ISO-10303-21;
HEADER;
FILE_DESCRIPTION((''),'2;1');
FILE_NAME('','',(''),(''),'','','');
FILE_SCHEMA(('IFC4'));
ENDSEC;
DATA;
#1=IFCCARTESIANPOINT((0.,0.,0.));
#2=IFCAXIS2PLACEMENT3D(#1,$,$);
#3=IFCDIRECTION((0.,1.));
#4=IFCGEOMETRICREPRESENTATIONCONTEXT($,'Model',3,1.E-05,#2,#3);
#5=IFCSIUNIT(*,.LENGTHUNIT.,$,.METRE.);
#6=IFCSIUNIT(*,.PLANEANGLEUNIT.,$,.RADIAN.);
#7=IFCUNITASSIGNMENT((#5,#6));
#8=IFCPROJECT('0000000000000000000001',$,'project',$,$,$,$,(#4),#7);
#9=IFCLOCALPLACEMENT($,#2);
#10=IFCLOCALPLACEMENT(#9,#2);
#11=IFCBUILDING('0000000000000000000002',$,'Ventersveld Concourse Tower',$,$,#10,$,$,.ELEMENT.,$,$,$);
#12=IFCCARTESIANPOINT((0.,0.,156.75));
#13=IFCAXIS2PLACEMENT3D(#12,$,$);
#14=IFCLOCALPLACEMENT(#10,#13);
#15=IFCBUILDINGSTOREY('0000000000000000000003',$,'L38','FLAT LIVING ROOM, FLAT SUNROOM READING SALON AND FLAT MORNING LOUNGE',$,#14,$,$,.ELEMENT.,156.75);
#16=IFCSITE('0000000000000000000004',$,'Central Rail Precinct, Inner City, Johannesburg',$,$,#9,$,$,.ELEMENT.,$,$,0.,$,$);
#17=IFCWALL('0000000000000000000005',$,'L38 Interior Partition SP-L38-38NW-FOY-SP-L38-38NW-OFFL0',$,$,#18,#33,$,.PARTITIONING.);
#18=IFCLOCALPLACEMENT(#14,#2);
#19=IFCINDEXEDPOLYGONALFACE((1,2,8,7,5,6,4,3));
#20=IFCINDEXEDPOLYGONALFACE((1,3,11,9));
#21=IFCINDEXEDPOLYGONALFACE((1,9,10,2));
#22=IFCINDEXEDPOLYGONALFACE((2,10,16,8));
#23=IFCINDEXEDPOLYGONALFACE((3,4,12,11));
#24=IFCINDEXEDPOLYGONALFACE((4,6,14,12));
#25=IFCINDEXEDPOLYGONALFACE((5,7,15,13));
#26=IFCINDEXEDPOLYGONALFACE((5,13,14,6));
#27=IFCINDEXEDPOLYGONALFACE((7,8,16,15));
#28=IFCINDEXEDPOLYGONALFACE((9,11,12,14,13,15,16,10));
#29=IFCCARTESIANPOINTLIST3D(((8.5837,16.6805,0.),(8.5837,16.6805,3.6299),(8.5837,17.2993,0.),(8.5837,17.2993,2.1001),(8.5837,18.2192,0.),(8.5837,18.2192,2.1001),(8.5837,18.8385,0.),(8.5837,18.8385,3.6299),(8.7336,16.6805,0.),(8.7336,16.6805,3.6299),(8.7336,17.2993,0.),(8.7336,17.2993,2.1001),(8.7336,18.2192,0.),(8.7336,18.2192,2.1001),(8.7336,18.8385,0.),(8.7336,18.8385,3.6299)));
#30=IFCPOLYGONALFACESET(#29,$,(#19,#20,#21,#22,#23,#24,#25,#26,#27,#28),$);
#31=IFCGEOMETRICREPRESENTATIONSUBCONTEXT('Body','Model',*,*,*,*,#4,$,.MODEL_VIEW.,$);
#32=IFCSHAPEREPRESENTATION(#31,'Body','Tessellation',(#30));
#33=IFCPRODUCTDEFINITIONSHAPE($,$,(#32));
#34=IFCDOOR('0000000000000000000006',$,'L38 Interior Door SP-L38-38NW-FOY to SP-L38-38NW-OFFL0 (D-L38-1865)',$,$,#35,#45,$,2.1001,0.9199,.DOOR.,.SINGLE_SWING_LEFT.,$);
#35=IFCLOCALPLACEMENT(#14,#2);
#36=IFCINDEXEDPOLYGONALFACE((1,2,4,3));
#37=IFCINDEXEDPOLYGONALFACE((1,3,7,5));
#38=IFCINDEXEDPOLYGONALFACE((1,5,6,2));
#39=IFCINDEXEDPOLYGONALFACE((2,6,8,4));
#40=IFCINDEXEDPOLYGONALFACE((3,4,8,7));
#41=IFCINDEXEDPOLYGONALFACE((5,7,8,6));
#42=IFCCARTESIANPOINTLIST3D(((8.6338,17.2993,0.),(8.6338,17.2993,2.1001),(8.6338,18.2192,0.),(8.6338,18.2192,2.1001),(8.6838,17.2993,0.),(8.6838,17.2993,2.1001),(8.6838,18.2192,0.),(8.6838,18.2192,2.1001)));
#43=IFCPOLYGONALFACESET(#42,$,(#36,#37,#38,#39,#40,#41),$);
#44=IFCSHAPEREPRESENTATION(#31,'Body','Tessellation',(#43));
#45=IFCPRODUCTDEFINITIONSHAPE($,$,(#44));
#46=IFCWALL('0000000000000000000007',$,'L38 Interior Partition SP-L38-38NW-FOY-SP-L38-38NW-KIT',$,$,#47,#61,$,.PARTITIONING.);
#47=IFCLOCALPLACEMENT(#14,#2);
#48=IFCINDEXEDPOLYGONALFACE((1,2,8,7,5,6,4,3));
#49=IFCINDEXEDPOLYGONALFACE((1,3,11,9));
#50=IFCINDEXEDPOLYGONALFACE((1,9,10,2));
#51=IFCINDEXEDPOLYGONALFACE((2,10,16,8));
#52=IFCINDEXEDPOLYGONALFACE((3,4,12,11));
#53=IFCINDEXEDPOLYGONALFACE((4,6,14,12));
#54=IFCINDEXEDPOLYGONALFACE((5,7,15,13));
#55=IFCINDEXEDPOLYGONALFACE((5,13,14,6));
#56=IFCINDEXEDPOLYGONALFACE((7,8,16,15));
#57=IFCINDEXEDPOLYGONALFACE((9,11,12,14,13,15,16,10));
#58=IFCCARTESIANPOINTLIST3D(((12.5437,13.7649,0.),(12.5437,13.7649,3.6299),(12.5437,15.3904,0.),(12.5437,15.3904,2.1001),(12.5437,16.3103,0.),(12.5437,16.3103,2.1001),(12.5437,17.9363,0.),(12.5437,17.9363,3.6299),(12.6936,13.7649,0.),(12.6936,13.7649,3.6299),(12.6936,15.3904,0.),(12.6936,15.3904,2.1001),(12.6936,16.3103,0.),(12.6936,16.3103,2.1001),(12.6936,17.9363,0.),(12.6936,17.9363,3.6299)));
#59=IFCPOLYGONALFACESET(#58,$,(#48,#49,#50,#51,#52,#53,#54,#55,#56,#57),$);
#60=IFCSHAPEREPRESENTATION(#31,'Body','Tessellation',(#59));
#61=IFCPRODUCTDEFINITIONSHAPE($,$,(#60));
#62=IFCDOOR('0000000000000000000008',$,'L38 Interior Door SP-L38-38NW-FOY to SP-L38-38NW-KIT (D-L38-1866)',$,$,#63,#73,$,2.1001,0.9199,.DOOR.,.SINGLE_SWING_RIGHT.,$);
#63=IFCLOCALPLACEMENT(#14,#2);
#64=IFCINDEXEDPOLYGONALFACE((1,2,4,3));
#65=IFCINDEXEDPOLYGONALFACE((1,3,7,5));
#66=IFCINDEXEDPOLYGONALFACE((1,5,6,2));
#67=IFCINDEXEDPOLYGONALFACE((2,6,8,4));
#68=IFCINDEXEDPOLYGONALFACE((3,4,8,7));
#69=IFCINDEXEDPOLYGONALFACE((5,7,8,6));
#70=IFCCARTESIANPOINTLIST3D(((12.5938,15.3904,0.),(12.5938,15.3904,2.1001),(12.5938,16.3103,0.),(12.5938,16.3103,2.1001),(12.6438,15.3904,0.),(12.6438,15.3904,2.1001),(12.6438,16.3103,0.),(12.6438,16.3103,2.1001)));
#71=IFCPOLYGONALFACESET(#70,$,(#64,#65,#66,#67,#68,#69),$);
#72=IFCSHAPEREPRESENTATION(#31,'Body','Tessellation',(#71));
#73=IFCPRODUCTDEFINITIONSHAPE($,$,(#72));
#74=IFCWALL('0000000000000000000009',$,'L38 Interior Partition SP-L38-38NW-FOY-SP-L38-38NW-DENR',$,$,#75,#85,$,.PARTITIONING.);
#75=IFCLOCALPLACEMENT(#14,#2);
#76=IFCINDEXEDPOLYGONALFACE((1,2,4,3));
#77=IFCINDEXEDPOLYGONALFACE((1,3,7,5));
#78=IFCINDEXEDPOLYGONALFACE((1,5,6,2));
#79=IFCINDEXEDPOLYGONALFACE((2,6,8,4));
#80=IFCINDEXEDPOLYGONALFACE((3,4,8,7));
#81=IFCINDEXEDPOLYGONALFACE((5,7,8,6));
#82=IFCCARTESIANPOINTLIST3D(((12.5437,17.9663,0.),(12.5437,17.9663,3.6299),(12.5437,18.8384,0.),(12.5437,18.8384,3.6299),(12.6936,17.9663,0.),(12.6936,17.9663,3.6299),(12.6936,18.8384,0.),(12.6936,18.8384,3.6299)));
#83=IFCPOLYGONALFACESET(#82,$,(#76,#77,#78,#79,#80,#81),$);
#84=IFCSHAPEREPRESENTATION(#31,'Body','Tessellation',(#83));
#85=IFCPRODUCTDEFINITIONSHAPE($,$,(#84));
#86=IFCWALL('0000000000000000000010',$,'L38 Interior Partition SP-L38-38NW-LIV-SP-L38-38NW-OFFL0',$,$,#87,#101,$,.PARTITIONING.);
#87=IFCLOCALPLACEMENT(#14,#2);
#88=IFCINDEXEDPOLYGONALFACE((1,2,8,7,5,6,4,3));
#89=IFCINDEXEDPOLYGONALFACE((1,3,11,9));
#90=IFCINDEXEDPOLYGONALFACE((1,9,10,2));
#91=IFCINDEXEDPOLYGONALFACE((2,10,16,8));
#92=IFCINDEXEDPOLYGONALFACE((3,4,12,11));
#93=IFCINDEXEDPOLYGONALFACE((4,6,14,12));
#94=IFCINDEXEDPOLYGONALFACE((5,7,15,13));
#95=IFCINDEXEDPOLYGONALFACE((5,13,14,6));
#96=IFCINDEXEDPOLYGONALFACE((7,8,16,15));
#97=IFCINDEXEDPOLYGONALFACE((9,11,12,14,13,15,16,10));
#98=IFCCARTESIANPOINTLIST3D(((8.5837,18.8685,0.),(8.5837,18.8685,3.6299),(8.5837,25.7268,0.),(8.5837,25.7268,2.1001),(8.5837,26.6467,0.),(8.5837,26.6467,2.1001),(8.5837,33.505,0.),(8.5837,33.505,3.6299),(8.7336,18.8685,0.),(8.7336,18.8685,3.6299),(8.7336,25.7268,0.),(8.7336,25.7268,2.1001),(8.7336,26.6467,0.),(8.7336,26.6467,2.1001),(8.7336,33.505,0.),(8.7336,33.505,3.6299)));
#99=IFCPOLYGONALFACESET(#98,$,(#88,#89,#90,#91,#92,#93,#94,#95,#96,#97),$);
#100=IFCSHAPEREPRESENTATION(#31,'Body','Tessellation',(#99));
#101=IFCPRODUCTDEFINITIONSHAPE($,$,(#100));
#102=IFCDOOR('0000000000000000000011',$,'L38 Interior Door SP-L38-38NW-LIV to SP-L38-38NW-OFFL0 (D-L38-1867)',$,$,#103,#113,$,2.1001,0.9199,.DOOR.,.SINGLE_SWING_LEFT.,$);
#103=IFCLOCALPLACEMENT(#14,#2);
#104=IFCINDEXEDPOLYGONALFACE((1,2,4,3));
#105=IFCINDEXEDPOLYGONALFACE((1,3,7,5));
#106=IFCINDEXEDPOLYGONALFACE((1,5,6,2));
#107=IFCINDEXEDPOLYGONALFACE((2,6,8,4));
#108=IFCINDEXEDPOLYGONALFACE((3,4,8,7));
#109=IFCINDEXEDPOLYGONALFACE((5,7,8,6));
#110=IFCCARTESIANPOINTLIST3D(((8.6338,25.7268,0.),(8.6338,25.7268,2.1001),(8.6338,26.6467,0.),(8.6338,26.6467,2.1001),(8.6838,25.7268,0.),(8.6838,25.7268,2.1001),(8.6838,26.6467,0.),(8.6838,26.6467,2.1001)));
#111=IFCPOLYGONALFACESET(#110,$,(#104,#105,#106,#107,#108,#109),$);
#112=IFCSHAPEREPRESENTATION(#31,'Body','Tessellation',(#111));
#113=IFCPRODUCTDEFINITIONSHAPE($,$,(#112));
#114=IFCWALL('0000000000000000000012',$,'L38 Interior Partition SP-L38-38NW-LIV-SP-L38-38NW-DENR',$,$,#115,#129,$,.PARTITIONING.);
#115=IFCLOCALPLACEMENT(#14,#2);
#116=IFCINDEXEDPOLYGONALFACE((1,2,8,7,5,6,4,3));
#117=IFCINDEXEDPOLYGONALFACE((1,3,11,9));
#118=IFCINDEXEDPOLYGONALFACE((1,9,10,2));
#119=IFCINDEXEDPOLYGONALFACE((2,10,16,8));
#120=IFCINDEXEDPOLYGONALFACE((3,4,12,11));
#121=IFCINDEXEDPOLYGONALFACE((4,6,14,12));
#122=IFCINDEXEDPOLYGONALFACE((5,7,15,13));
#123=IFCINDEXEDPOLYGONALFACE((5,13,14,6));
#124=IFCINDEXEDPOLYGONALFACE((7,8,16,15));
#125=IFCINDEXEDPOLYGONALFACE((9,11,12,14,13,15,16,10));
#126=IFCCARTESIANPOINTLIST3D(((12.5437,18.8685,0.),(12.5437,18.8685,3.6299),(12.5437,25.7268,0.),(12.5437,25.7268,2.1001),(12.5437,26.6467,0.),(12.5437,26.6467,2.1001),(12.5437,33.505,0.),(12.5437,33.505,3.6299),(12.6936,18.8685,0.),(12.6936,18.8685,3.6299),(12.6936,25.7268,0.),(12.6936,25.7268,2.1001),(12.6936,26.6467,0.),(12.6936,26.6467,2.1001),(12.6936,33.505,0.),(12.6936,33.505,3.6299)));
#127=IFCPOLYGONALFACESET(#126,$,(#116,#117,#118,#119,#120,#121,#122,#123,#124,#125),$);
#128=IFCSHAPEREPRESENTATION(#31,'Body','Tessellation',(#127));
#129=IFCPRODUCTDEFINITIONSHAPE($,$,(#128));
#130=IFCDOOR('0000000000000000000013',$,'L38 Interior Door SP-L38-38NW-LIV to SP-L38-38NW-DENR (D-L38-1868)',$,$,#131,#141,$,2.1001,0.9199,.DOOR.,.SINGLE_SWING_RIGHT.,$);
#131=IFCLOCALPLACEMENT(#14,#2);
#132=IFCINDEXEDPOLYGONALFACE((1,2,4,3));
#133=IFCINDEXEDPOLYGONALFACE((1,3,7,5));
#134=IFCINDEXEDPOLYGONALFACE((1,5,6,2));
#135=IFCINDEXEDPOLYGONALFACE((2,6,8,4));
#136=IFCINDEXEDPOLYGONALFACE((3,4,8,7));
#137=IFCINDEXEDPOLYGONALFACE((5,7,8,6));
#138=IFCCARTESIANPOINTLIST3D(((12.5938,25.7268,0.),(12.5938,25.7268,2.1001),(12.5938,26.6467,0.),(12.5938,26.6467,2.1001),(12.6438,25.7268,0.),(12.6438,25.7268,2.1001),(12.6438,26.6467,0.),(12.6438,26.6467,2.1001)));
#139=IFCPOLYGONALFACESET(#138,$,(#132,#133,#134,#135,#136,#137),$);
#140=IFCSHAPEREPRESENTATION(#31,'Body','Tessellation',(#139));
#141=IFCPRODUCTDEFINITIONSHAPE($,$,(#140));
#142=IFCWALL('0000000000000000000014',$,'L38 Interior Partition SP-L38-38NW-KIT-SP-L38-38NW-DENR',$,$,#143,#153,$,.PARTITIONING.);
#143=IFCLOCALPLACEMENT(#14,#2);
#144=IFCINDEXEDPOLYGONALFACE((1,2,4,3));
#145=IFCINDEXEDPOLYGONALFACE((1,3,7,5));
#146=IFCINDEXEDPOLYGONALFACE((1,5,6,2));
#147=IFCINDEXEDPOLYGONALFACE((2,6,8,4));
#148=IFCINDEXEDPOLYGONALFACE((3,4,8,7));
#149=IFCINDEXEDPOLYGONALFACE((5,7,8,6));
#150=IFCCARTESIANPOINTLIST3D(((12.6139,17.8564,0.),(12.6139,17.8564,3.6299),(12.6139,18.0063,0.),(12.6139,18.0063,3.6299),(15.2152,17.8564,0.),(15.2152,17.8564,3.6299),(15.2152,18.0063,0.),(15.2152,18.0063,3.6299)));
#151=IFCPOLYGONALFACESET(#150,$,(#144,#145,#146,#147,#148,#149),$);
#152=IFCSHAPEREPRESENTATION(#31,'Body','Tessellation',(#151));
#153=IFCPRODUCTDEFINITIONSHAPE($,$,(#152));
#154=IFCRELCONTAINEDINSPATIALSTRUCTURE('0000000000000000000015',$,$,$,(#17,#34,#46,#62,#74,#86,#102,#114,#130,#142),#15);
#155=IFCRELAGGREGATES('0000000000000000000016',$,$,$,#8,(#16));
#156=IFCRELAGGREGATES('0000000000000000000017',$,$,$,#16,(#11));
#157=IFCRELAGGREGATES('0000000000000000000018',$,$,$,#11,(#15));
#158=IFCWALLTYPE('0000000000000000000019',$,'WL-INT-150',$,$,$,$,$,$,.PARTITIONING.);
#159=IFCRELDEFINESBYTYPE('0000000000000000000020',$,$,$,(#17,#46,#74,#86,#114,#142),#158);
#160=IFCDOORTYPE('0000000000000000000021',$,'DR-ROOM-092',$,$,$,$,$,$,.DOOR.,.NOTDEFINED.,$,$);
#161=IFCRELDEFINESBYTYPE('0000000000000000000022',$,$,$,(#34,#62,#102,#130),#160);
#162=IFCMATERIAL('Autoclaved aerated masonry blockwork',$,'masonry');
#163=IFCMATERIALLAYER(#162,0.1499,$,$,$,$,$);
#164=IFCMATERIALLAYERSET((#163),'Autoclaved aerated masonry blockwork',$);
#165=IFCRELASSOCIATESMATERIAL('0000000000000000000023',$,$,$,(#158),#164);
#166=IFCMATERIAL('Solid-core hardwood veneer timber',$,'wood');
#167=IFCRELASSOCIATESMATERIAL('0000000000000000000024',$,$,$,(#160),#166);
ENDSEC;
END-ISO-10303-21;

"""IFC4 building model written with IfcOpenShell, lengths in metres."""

from ifc_helpers import new_model, si_unit, direction, frame, frame_2d, origin, place, context, subcontext, project, spatial, rectangle, extrude, material, layer, layer_set, type_object, element, fill, save


model = new_model("IFC4")

# Units and contexts
model_context = context("Model", 3, precision=1e-05, world=origin(), true_north=direction((0.0, 1.0)))
body_context = subcontext(model_context, "Body", "Model", "MODEL_VIEW")
ifc_project = project(units=[si_unit("LENGTHUNIT", "METRE"), si_unit("PLANEANGLEUNIT", "RADIAN")], contexts=[model_context])

# Site, building, storey
site_placement = place(None, origin())
site = spatial("IfcSite", under=ifc_project, at=site_placement, Name="Central Rail Precinct, Inner City, Johannesburg", CompositionType="ELEMENT", RefElevation=0.0)
building_placement = place(site_placement, origin())
building = spatial("IfcBuilding", under=site, at=building_placement, Name="Ventersveld Concourse Tower", CompositionType="ELEMENT")
storey_placement = place(building_placement, frame((0.0, 0.0, 156.75)))
storey = spatial("IfcBuildingStorey", under=building, at=storey_placement, Name="L38", Description="FLAT LIVING ROOM, FLAT SUNROOM READING SALON AND FLAT MORNING LOUNGE", CompositionType="ELEMENT", Elevation=156.75)

# Shared definitions
ifc_material_1 = material(Name="Solid-core hardwood veneer timber", Category="wood")

# Walls, openings, doors
ifc_material_2 = material(Name="Autoclaved aerated masonry blockwork", Category="masonry")
ifc_layer_1 = layer(ifc_material_2, 0.1499)
ifc_layer_set_1 = layer_set([ifc_layer_1], Name="Autoclaved aerated masonry blockwork")
wall_type_1 = type_object("IfcWallType", Name="WL-INT-150", PredefinedType="PARTITIONING", material=ifc_layer_set_1)
door_type_1 = type_object("IfcDoorType", Name="DR-ROOM-092", OperationType="NOTDEFINED", PredefinedType="DOOR", material=ifc_material_1)
wall_1_placement = place(storey_placement, frame((8.6587, 16.6804, 0.0), z_axis=(0.0, 0.0, 1.0), x_axis=(0.0, 1.0, 0.0)))
wall_1 = element("IfcWall", 1, at=wall_1_placement, inside=storey, type_object=wall_type_1, Name="L38 Interior Partition SP-L38-38NW-FOY-SP-L38-38NW-OFFL0", PredefinedType="PARTITIONING", context=body_context, shape_type="SweptSolid", body=[
    extrude(rectangle(XDim=2.158, YDim=0.1499, at=frame_2d((1.0791, 0.0))), origin(), (0.0, 0.0, 1.0), 3.6299),
])
opening_1_placement = place(wall_1_placement, frame((0.6189, 0.0, 0.0)))
opening_1 = element("IfcOpeningElement", 2, at=opening_1_placement, cuts=wall_1, PredefinedType="OPENING", context=body_context, shape_type="SweptSolid", body=[
    extrude(rectangle(XDim=0.9199, YDim=2.1001, at=frame_2d((0.46, 1.05))), frame((0.0, 0.085, 0.0), z_axis=(0.0, -1.0, 0.0), x_axis=(1.0, 0.0, 0.0)), (0.0, 0.0, 1.0), 0.1699),
])
door_1_placement = place(opening_1_placement, origin())
door_1 = element("IfcDoor", 3, at=door_1_placement, inside=storey, type_object=door_type_1, Name="L38 Interior Door SP-L38-38NW-FOY to SP-L38-38NW-OFFL0 (D-L38-1865)", OperationType="SINGLE_SWING_LEFT", OverallHeight=2.1001, OverallWidth=0.9199, PredefinedType="DOOR", context=body_context, shape_type="SweptSolid", body=[
    extrude(rectangle(XDim=0.9199, YDim=2.1001, at=frame_2d((0.46, 1.05))), frame((0.0, 0.0249, 0.0), z_axis=(0.0, -1.0, 0.0), x_axis=(1.0, 0.0, 0.0)), (0.0, 0.0, 1.0), 0.05),
])
fill(opening_1, door_1)
wall_2_placement = place(storey_placement, frame((12.6187, 13.7649, 0.0), z_axis=(0.0, 0.0, 1.0), x_axis=(0.0, 1.0, 0.0)))
wall_2 = element("IfcWall", 4, at=wall_2_placement, inside=storey, type_object=wall_type_1, Name="L38 Interior Partition SP-L38-38NW-FOY-SP-L38-38NW-KIT", PredefinedType="PARTITIONING", context=body_context, shape_type="SweptSolid", body=[
    extrude(rectangle(XDim=4.1714, YDim=0.1499, at=frame_2d((2.0857, 0.0))), origin(), (0.0, 0.0, 1.0), 3.6299),
])
opening_2_placement = place(wall_2_placement, frame((1.6255, 0.0, 0.0)))
opening_2 = element("IfcOpeningElement", 5, at=opening_2_placement, cuts=wall_2, PredefinedType="OPENING", context=body_context, shape_type="SweptSolid", body=[
    extrude(rectangle(XDim=0.9199, YDim=2.1001, at=frame_2d((0.46, 1.05))), frame((0.0, 0.085, 0.0), z_axis=(0.0, -1.0, 0.0), x_axis=(1.0, 0.0, 0.0)), (0.0, 0.0, 1.0), 0.1699),
])
door_2_placement = place(opening_2_placement, origin())
door_2 = element("IfcDoor", 6, at=door_2_placement, inside=storey, type_object=door_type_1, Name="L38 Interior Door SP-L38-38NW-FOY to SP-L38-38NW-KIT (D-L38-1866)", OperationType="SINGLE_SWING_RIGHT", OverallHeight=2.1001, OverallWidth=0.9199, PredefinedType="DOOR", context=body_context, shape_type="SweptSolid", body=[
    extrude(rectangle(XDim=0.9199, YDim=2.1001, at=frame_2d((0.46, 1.05))), frame((0.0, 0.0249, 0.0), z_axis=(0.0, -1.0, 0.0), x_axis=(1.0, 0.0, 0.0)), (0.0, 0.0, 1.0), 0.05),
])
fill(opening_2, door_2)

# Wall
wall_3_placement = place(storey_placement, frame((12.6187, 17.9663, 0.0), z_axis=(0.0, 0.0, 1.0), x_axis=(0.0, 1.0, 0.0)))
element("IfcWall", 7, at=wall_3_placement, inside=storey, type_object=wall_type_1, Name="L38 Interior Partition SP-L38-38NW-FOY-SP-L38-38NW-DENR", PredefinedType="PARTITIONING", context=body_context, shape_type="SweptSolid", body=[
    extrude(rectangle(XDim=0.8721, YDim=0.1499, at=frame_2d((0.436, 0.0))), origin(), (0.0, 0.0, 1.0), 3.6299),
])

# Walls, openings, doors
wall_4_placement = place(storey_placement, frame((8.6587, 18.8684, 0.0), z_axis=(0.0, 0.0, 1.0), x_axis=(0.0, 1.0, 0.0)))
wall_4 = element("IfcWall", 8, at=wall_4_placement, inside=storey, type_object=wall_type_1, Name="L38 Interior Partition SP-L38-38NW-LIV-SP-L38-38NW-OFFL0", PredefinedType="PARTITIONING", context=body_context, shape_type="SweptSolid", body=[
    extrude(rectangle(XDim=14.6365, YDim=0.1499, at=frame_2d((7.3184, 0.0))), origin(), (0.0, 0.0, 1.0), 3.6299),
])
opening_3_placement = place(wall_4_placement, frame((6.8584, 0.0, 0.0)))
opening_3 = element("IfcOpeningElement", 9, at=opening_3_placement, cuts=wall_4, PredefinedType="OPENING", context=body_context, shape_type="SweptSolid", body=[
    extrude(rectangle(XDim=0.9199, YDim=2.1001, at=frame_2d((0.46, 1.05))), frame((0.0, 0.085, 0.0), z_axis=(0.0, -1.0, 0.0), x_axis=(1.0, 0.0, 0.0)), (0.0, 0.0, 1.0), 0.1699),
])
door_3_placement = place(opening_3_placement, origin())
door_3 = element("IfcDoor", 10, at=door_3_placement, inside=storey, type_object=door_type_1, Name="L38 Interior Door SP-L38-38NW-LIV to SP-L38-38NW-OFFL0 (D-L38-1867)", OperationType="SINGLE_SWING_LEFT", OverallHeight=2.1001, OverallWidth=0.9199, PredefinedType="DOOR", context=body_context, shape_type="SweptSolid", body=[
    extrude(rectangle(XDim=0.9199, YDim=2.1001, at=frame_2d((0.46, 1.05))), frame((0.0, 0.0249, 0.0), z_axis=(0.0, -1.0, 0.0), x_axis=(1.0, 0.0, 0.0)), (0.0, 0.0, 1.0), 0.05),
])
fill(opening_3, door_3)
wall_5_placement = place(storey_placement, frame((12.6187, 18.8684, 0.0), z_axis=(0.0, 0.0, 1.0), x_axis=(0.0, 1.0, 0.0)))
wall_5 = element("IfcWall", 11, at=wall_5_placement, inside=storey, type_object=wall_type_1, Name="L38 Interior Partition SP-L38-38NW-LIV-SP-L38-38NW-DENR", PredefinedType="PARTITIONING", context=body_context, shape_type="SweptSolid", body=[
    extrude(rectangle(XDim=14.6365, YDim=0.1499, at=frame_2d((7.3184, 0.0))), origin(), (0.0, 0.0, 1.0), 3.6299),
])
opening_4_placement = place(wall_5_placement, frame((6.8584, 0.0, 0.0)))
opening_4 = element("IfcOpeningElement", 12, at=opening_4_placement, cuts=wall_5, PredefinedType="OPENING", context=body_context, shape_type="SweptSolid", body=[
    extrude(rectangle(XDim=0.9199, YDim=2.1001, at=frame_2d((0.46, 1.05))), frame((0.0, 0.085, 0.0), z_axis=(0.0, -1.0, 0.0), x_axis=(1.0, 0.0, 0.0)), (0.0, 0.0, 1.0), 0.1699),
])
door_4_placement = place(opening_4_placement, origin())
door_4 = element("IfcDoor", 13, at=door_4_placement, inside=storey, type_object=door_type_1, Name="L38 Interior Door SP-L38-38NW-LIV to SP-L38-38NW-DENR (D-L38-1868)", OperationType="SINGLE_SWING_RIGHT", OverallHeight=2.1001, OverallWidth=0.9199, PredefinedType="DOOR", context=body_context, shape_type="SweptSolid", body=[
    extrude(rectangle(XDim=0.9199, YDim=2.1001, at=frame_2d((0.46, 1.05))), frame((0.0, 0.0249, 0.0), z_axis=(0.0, -1.0, 0.0), x_axis=(1.0, 0.0, 0.0)), (0.0, 0.0, 1.0), 0.05),
])
fill(opening_4, door_4)

# Wall
wall_6_placement = place(storey_placement, frame((12.6138, 17.9314, 0.0), z_axis=(0.0, 0.0, 1.0), x_axis=(1.0, 0.0, 0.0)))
element("IfcWall", 14, at=wall_6_placement, inside=storey, type_object=wall_type_1, Name="L38 Interior Partition SP-L38-38NW-KIT-SP-L38-38NW-DENR", PredefinedType="PARTITIONING", context=body_context, shape_type="SweptSolid", body=[
    extrude(rectangle(XDim=2.6013, YDim=0.1499, at=frame_2d((1.3008, 0.0))), origin(), (0.0, 0.0, 1.0), 3.6299),
])

save(model, "model.ifc")
